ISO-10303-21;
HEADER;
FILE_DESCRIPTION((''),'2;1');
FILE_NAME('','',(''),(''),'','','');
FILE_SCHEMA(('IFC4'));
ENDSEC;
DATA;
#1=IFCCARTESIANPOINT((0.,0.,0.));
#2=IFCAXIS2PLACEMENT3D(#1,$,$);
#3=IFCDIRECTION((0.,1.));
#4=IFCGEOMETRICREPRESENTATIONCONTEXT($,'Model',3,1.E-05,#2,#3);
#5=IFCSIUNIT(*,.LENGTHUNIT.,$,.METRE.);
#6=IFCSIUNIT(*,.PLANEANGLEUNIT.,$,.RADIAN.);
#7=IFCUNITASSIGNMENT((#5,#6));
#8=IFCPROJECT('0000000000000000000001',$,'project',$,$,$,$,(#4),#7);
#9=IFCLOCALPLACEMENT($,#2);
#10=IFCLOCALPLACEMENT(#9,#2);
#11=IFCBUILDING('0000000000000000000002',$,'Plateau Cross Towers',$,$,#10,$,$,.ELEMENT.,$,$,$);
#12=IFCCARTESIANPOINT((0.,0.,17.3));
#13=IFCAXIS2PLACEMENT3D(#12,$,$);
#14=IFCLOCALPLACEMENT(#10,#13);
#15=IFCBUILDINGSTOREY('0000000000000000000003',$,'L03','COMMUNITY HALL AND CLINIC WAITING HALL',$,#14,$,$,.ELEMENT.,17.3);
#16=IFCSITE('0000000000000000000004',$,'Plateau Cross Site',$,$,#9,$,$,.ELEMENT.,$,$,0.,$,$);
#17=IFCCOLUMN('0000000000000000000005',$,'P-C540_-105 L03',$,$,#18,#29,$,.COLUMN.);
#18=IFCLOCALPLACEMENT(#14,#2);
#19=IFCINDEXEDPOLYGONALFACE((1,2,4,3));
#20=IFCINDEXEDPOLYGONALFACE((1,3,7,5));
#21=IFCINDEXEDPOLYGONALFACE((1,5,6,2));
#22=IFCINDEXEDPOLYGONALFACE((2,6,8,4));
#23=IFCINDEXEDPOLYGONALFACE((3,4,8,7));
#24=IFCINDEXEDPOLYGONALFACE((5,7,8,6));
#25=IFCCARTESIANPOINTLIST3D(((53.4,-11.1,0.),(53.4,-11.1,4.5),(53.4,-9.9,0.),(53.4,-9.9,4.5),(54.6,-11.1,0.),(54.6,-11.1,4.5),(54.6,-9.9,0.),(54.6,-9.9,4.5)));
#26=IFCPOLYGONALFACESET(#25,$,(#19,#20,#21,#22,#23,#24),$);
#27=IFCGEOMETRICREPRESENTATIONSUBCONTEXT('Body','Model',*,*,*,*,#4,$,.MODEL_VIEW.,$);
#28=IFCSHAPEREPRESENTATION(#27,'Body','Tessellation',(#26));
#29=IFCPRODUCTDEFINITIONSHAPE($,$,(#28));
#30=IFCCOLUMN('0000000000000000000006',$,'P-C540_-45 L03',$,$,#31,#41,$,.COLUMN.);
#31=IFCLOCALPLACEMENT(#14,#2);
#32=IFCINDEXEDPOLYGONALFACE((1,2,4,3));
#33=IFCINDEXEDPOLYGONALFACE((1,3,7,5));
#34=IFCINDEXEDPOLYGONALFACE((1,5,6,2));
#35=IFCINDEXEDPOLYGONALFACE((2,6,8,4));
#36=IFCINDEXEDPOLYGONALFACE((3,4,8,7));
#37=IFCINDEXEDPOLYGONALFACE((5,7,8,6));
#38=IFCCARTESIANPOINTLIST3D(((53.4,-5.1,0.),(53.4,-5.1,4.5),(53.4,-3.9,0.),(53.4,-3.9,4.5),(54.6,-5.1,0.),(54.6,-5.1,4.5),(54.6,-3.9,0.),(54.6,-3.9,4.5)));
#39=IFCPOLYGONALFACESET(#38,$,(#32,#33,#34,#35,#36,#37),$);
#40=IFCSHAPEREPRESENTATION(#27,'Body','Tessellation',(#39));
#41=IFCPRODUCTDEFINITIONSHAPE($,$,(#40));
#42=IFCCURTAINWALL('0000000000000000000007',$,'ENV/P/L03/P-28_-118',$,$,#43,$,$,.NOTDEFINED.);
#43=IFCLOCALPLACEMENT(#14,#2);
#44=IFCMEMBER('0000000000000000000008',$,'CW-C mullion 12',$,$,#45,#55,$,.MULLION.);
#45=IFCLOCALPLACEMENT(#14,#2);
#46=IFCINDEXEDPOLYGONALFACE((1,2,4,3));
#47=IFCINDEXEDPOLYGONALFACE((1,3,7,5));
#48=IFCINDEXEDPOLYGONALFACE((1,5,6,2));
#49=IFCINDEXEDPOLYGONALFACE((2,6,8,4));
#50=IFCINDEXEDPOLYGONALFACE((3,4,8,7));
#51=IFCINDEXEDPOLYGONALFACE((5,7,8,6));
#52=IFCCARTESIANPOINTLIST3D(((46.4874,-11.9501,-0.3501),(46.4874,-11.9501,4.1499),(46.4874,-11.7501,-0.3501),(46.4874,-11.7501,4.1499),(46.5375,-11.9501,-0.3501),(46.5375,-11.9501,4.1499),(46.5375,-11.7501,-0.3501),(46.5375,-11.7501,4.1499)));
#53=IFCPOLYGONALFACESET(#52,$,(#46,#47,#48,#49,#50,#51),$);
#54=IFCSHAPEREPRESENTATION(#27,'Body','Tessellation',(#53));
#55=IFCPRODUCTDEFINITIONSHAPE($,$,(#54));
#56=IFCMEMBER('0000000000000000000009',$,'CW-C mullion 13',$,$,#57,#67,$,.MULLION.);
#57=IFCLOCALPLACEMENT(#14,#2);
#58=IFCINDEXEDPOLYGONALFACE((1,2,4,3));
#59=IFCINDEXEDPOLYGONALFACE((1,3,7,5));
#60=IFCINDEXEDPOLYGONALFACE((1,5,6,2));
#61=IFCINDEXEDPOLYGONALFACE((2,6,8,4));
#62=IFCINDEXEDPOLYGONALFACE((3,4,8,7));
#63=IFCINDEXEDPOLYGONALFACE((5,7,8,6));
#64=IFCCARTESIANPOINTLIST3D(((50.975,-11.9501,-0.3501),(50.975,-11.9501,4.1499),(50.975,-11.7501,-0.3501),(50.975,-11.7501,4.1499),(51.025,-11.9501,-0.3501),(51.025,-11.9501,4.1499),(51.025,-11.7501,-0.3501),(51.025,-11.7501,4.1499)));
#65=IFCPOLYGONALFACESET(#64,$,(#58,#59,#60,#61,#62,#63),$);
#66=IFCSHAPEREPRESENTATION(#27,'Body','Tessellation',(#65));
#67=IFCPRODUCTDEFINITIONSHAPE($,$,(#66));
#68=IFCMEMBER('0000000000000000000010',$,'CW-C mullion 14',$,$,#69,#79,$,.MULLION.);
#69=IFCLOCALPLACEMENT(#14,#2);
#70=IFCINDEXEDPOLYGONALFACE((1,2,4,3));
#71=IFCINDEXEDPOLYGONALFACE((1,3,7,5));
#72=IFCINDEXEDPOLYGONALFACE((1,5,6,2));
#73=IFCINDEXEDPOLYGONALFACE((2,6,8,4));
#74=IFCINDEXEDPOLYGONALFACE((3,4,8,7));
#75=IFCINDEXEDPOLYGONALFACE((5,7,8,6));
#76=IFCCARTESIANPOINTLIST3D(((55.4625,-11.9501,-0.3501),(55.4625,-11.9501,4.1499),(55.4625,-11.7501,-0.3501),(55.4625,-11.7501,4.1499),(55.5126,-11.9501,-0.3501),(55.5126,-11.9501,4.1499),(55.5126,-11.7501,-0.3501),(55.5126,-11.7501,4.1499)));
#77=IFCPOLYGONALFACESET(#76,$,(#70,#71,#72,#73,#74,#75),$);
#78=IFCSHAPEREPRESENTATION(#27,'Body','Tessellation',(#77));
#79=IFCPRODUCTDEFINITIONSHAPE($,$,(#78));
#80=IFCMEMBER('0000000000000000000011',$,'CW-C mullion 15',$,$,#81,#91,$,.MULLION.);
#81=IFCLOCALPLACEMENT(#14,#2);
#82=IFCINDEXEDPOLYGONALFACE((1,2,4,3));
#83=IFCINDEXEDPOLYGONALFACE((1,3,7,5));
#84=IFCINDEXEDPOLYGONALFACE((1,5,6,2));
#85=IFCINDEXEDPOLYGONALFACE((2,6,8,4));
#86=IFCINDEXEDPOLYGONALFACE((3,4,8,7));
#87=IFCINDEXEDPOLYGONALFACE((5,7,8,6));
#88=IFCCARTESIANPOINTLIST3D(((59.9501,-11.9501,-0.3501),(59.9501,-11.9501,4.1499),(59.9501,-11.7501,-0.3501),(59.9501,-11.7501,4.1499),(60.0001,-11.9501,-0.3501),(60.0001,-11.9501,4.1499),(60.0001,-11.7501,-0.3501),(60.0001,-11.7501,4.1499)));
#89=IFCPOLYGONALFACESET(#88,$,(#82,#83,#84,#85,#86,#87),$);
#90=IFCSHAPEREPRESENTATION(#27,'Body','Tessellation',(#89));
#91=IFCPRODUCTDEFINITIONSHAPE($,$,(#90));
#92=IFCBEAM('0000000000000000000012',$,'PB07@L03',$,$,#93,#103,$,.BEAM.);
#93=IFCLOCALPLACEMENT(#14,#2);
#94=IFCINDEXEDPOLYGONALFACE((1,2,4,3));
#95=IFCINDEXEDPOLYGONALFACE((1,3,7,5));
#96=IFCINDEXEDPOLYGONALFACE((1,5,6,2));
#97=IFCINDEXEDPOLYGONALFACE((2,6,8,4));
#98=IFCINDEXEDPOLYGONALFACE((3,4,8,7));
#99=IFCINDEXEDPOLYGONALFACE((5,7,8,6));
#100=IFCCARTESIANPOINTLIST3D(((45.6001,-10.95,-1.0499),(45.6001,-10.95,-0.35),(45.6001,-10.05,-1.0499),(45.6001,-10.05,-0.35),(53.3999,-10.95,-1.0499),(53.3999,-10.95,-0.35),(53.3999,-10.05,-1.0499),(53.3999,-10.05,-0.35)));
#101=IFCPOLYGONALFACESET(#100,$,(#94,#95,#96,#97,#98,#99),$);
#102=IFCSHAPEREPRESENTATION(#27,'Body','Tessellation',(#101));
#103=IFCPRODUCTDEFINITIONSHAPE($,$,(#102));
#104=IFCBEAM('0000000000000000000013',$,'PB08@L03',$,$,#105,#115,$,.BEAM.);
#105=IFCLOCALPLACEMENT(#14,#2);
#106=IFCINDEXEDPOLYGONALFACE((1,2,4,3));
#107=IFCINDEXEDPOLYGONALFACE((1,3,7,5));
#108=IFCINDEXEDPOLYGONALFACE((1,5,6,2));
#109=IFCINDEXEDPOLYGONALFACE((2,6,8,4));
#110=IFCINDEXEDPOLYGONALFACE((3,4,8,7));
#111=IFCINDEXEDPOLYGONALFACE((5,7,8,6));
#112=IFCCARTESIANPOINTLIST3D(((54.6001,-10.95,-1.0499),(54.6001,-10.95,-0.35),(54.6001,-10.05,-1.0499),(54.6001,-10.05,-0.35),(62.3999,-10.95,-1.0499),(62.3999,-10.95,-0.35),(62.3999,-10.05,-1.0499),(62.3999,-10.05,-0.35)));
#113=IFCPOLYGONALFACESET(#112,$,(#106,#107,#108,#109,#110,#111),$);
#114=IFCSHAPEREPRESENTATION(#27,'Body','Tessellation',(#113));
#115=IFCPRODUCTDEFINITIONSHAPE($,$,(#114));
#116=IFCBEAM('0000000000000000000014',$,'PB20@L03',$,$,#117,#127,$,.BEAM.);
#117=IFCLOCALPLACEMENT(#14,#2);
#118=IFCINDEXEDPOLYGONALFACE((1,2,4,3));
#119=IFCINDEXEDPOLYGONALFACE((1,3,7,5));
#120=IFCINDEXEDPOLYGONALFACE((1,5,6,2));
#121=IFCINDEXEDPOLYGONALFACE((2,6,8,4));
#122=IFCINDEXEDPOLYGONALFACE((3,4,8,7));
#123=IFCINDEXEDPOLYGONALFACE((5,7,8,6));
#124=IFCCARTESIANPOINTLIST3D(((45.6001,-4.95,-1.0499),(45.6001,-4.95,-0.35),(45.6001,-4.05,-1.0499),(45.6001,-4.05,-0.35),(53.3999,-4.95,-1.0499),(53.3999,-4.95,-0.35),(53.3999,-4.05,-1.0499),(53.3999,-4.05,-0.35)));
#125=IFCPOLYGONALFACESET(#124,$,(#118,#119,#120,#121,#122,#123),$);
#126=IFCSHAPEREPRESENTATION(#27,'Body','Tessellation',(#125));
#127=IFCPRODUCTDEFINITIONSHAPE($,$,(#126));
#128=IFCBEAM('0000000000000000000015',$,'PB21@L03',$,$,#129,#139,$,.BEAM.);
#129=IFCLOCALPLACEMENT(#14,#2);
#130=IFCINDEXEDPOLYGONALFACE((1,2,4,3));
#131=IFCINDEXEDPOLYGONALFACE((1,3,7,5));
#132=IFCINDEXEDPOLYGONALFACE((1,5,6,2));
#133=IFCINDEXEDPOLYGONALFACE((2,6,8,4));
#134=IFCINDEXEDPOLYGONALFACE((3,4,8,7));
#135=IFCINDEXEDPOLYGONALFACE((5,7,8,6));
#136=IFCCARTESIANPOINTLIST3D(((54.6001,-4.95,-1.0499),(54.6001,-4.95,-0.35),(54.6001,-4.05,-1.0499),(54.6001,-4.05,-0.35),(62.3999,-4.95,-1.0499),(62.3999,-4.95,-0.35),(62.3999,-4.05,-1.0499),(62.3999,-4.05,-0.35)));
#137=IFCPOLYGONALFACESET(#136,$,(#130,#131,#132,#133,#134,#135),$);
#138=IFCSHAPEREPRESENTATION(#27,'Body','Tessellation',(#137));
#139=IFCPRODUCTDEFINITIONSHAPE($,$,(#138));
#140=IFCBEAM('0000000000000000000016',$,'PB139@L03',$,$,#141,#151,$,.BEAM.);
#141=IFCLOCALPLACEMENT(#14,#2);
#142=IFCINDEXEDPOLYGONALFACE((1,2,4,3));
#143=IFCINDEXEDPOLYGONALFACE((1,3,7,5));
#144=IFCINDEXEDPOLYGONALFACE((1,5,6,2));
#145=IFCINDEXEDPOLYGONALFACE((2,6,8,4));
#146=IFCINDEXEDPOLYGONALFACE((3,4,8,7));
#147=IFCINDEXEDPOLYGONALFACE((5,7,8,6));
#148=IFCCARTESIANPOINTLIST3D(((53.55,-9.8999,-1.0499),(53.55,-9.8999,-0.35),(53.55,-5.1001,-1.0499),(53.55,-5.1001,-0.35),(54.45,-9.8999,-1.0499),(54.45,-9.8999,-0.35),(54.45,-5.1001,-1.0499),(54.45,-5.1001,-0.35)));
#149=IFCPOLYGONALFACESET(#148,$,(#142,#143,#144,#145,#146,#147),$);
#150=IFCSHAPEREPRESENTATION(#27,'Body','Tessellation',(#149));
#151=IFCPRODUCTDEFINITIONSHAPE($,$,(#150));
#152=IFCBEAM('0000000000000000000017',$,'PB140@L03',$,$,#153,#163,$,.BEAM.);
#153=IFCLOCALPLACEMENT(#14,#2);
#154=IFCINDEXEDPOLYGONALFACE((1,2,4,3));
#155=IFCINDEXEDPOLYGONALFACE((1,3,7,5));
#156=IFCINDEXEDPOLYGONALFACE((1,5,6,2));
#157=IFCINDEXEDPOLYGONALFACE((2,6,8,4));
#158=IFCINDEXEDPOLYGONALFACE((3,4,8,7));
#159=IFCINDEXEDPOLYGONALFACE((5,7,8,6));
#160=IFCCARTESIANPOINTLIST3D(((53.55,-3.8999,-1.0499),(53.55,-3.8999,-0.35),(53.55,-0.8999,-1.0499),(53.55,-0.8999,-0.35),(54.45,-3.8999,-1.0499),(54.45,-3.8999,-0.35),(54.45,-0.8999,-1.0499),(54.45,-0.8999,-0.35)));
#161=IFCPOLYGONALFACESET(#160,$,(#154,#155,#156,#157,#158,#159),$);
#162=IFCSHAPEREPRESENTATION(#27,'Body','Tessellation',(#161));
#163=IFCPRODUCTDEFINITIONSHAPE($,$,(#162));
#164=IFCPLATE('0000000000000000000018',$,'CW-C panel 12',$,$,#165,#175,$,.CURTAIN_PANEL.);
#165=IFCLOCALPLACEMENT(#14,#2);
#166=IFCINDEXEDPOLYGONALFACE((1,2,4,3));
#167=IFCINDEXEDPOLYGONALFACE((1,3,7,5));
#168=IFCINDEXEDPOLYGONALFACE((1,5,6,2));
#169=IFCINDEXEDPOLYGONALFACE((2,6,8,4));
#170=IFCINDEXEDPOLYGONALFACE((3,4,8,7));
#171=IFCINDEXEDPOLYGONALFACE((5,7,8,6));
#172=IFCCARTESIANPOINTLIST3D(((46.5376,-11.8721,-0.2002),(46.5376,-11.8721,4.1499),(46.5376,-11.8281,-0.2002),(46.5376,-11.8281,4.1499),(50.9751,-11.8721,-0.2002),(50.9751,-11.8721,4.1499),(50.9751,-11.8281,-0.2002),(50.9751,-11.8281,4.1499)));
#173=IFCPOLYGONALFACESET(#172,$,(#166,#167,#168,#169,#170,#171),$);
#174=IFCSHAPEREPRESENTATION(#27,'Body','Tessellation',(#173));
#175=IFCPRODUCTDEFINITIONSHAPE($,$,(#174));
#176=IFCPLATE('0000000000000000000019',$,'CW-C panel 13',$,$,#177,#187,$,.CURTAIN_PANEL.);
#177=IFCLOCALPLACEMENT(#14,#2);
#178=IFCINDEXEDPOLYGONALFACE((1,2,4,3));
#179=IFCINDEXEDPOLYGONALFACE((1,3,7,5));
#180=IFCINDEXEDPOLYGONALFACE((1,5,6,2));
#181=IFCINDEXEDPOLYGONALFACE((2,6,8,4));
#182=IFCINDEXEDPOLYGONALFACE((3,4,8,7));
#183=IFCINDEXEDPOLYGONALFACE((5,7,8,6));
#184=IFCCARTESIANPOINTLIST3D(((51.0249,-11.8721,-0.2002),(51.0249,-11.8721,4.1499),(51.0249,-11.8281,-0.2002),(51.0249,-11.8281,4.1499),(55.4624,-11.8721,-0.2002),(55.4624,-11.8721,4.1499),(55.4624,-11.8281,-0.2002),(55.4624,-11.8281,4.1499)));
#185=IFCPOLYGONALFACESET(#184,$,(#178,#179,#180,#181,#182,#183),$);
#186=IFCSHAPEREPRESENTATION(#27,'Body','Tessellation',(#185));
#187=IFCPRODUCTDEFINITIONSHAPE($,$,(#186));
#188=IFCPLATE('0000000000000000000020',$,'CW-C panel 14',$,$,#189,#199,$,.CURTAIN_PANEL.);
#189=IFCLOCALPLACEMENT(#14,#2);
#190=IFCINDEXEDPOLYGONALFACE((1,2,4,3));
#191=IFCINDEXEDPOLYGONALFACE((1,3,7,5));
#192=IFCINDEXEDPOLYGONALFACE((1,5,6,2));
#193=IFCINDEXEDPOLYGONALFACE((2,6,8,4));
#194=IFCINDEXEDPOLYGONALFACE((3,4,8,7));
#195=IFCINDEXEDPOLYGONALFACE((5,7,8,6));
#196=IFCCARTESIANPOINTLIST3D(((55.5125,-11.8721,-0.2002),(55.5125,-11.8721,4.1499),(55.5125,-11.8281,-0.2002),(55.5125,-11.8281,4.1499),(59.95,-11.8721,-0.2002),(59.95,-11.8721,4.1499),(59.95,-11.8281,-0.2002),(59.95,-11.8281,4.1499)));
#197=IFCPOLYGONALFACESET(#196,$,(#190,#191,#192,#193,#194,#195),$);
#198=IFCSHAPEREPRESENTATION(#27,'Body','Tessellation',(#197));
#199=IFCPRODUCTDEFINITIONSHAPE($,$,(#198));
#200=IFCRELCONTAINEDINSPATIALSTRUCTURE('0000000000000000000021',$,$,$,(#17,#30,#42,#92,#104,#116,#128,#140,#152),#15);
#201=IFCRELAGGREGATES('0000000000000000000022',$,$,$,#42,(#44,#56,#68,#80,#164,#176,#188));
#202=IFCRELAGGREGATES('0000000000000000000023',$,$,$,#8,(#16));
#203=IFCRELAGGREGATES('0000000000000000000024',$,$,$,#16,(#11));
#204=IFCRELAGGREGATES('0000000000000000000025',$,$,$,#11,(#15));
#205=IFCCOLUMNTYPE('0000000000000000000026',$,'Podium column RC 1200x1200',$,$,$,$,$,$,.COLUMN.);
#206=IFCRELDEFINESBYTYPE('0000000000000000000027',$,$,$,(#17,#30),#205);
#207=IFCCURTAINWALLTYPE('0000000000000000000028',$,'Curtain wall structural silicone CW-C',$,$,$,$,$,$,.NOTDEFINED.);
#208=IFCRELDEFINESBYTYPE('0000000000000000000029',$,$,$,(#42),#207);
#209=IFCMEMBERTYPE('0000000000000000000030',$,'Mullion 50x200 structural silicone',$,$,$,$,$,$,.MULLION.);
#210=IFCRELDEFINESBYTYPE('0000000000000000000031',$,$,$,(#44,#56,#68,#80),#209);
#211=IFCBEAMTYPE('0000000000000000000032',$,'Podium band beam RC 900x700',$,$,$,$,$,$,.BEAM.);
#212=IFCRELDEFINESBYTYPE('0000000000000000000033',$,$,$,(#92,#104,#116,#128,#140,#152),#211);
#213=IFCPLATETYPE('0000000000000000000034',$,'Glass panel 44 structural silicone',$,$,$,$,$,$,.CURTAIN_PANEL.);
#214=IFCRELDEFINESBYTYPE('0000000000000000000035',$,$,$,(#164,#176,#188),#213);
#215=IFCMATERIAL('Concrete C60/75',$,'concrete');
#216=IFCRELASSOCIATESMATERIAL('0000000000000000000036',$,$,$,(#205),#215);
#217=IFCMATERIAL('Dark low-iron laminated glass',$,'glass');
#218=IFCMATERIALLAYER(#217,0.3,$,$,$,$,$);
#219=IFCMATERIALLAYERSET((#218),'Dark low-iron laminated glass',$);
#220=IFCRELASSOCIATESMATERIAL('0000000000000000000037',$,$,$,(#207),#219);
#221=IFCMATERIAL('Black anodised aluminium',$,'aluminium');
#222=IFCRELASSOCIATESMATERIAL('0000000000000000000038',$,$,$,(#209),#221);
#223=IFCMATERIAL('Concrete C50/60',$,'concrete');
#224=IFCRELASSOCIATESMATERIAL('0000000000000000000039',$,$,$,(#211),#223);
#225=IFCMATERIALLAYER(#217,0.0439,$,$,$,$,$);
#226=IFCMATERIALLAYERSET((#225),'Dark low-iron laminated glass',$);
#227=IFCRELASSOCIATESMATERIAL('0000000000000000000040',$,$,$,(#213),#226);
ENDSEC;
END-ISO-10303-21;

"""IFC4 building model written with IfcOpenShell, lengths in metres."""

from ifc_helpers import new_model, si_unit, direction, frame, origin, origin_2d, place, context, subcontext, project, spatial, rectangle, extrude, material, layer, layer_set, material_profile, profile_set, type_object, element, aggregate, save


model = new_model("IFC4")

# Units and contexts
model_context = context("Model", 3, precision=1e-05, world=origin(), true_north=direction((0.0, 1.0)))
body_context = subcontext(model_context, "Body", "Model", "MODEL_VIEW")
ifc_project = project(units=[si_unit("LENGTHUNIT", "METRE"), si_unit("PLANEANGLEUNIT", "RADIAN")], contexts=[model_context])

# Site, building, storey
site_placement = place(None, origin())
site = spatial("IfcSite", under=ifc_project, at=site_placement, Name="Plateau Cross Site", CompositionType="ELEMENT", RefElevation=0.0)
building_placement = place(site_placement, origin())
building = spatial("IfcBuilding", under=site, at=building_placement, Name="Plateau Cross Towers", CompositionType="ELEMENT")
storey_placement = place(building_placement, frame((0.0, 0.0, 17.3)))
storey = spatial("IfcBuildingStorey", under=building, at=storey_placement, Name="L03", Description="COMMUNITY HALL AND CLINIC WAITING HALL", CompositionType="ELEMENT", Elevation=17.3)

# Columns
ifc_material_1 = material(Name="Concrete C60/75", Category="concrete")
ifc_material_profile_1 = material_profile(ifc_material_1, rectangle(XDim=1.2, YDim=1.2, at=origin_2d()), Name="RC 1200x1200")
ifc_profile_set_1 = profile_set([ifc_material_profile_1], Name="Concrete C60/75")
column_type = type_object("IfcColumnType", Name="Podium column RC 1200x1200", PredefinedType="COLUMN", material=ifc_profile_set_1)
for number, where, z_axis, x_axis, name in (
    (1, (54.0, -10.5, 0.0), (0.0, 0.0, 1.0), (1.0, 0.0, 0.0), "P-C540_-105 L03"),
    (2, (54.0, -4.5, 0.0), (0.0, 0.0, 1.0), (1.0, 0.0, 0.0), "P-C540_-45 L03"),
):
    element("IfcColumn", number, at=place(storey_placement, frame(where, z_axis=z_axis, x_axis=x_axis)), inside=storey, type_object=column_type, Name=name, PredefinedType="COLUMN", context=body_context, shape_type="SweptSolid", body=[
        extrude(rectangle(XDim=1.2, YDim=1.2, at=origin_2d()), origin(), (0.0, 0.0, 1.0), 4.5),
    ])

# Curtain wall, members
ifc_material_2 = material(Name="Dark low-iron laminated glass", Category="glass")
ifc_layer_1 = layer(ifc_material_2, 0.3)
ifc_layer_set_1 = layer_set([ifc_layer_1], Name="Dark low-iron laminated glass")
curtain_wall_type = type_object("IfcCurtainWallType", Name="Curtain wall structural silicone CW-C", PredefinedType="NOTDEFINED", material=ifc_layer_set_1)
curtain_wall_placement = place(storey_placement, origin())
curtain_wall = element("IfcCurtainWall", 3, at=curtain_wall_placement, inside=storey, type_object=curtain_wall_type, Name="ENV/P/L03/P-28_-118", PredefinedType="NOTDEFINED")
ifc_material_3 = material(Name="Black anodised aluminium", Category="aluminium")
ifc_material_profile_2 = material_profile(ifc_material_3, rectangle(XDim=0.05, YDim=0.2, at=origin_2d()), Name="MULLION 50x200")
ifc_profile_set_2 = profile_set([ifc_material_profile_2], Name="Black anodised aluminium")
member_type = type_object("IfcMemberType", Name="Mullion 50x200 structural silicone", PredefinedType="MULLION", material=ifc_profile_set_2)
member_1_placement = place(storey_placement, frame((46.5125, -11.8501, -0.3501), z_axis=(0.0, 0.0, 1.0), x_axis=(1.0, 0.0, 0.0)))
member_1 = element("IfcMember", 4, at=member_1_placement, type_object=member_type, Name="CW-C mullion 12", PredefinedType="MULLION", context=body_context, shape_type="SweptSolid", body=[
    extrude(rectangle(XDim=0.05, YDim=0.2, at=origin_2d()), origin(), (0.0, 0.0, 1.0), 4.5),
])
member_2_placement = place(storey_placement, frame((51.0, -11.8501, -0.3501), z_axis=(0.0, 0.0, 1.0), x_axis=(1.0, 0.0, 0.0)))
member_2 = element("IfcMember", 5, at=member_2_placement, type_object=member_type, Name="CW-C mullion 13", PredefinedType="MULLION", context=body_context, shape_type="SweptSolid", body=[
    extrude(rectangle(XDim=0.05, YDim=0.2, at=origin_2d()), origin(), (0.0, 0.0, 1.0), 4.5),
])
member_3_placement = place(storey_placement, frame((55.4875, -11.8501, -0.3501), z_axis=(0.0, 0.0, 1.0), x_axis=(1.0, 0.0, 0.0)))
member_3 = element("IfcMember", 6, at=member_3_placement, type_object=member_type, Name="CW-C mullion 14", PredefinedType="MULLION", context=body_context, shape_type="SweptSolid", body=[
    extrude(rectangle(XDim=0.05, YDim=0.2, at=origin_2d()), origin(), (0.0, 0.0, 1.0), 4.5),
])
member_4_placement = place(storey_placement, frame((59.9751, -11.8501, -0.3501), z_axis=(0.0, 0.0, 1.0), x_axis=(1.0, 0.0, 0.0)))
member_4 = element("IfcMember", 7, at=member_4_placement, type_object=member_type, Name="CW-C mullion 15", PredefinedType="MULLION", context=body_context, shape_type="SweptSolid", body=[
    extrude(rectangle(XDim=0.05, YDim=0.2, at=origin_2d()), origin(), (0.0, 0.0, 1.0), 4.5),
])

# Beams
ifc_material_4 = material(Name="Concrete C50/60", Category="concrete")
ifc_material_profile_3 = material_profile(ifc_material_4, rectangle(XDim=0.8999, YDim=0.7, at=origin_2d()), Name="RC 900x700")
ifc_profile_set_3 = profile_set([ifc_material_profile_3], Name="Concrete C50/60")
beam_type = type_object("IfcBeamType", Name="Podium band beam RC 900x700", PredefinedType="BEAM", material=ifc_profile_set_3)
for number, where, z_axis, x_axis, name in (
    (8, (45.6001, -10.5, -0.7), (1.0, 0.0, 0.0), (0.0, 1.0, 0.0), "PB07@L03"),
    (9, (54.6001, -10.5, -0.7), (1.0, 0.0, 0.0), (0.0, 1.0, 0.0), "PB08@L03"),
    (10, (45.6001, -4.5, -0.7), (1.0, 0.0, 0.0), (0.0, 1.0, 0.0), "PB20@L03"),
    (11, (54.6001, -4.5, -0.7), (1.0, 0.0, 0.0), (0.0, 1.0, 0.0), "PB21@L03"),
):
    element("IfcBeam", number, at=place(storey_placement, frame(where, z_axis=z_axis, x_axis=x_axis)), inside=storey, type_object=beam_type, Name=name, PredefinedType="BEAM", context=body_context, shape_type="SweptSolid", body=[
        extrude(rectangle(XDim=0.8999, YDim=0.7, at=origin_2d()), origin(), (0.0, 0.0, 1.0), 7.7998),
    ])
beam_1_placement = place(storey_placement, frame((54.0, -9.8999, -0.7), z_axis=(0.0, 1.0, 0.0), x_axis=(-1.0, 0.0, 0.0)))
element("IfcBeam", 12, at=beam_1_placement, inside=storey, type_object=beam_type, Name="PB139@L03", PredefinedType="BEAM", context=body_context, shape_type="SweptSolid", body=[
    extrude(rectangle(XDim=0.8999, YDim=0.7, at=origin_2d()), origin(), (0.0, 0.0, 1.0), 4.7998),
])
beam_2_placement = place(storey_placement, frame((54.0, -3.8999, -0.7), z_axis=(0.0, 1.0, 0.0), x_axis=(-1.0, 0.0, 0.0)))
element("IfcBeam", 13, at=beam_2_placement, inside=storey, type_object=beam_type, Name="PB140@L03", PredefinedType="BEAM", context=body_context, shape_type="SweptSolid", body=[
    extrude(rectangle(XDim=0.8999, YDim=0.7, at=origin_2d()), origin(), (0.0, 0.0, 1.0), 3.0),
])

# Plates
ifc_layer_2 = layer(ifc_material_2, 0.0439)
ifc_layer_set_2 = layer_set([ifc_layer_2], Name="Dark low-iron laminated glass")
plate_type = type_object("IfcPlateType", Name="Glass panel 44 structural silicone", PredefinedType="CURTAIN_PANEL", material=ifc_layer_set_2)
plate_1_placement = place(storey_placement, frame((48.7563, -11.8501, -0.2002), z_axis=(0.0, 0.0, 1.0), x_axis=(1.0, 0.0, 0.0)))
plate_1 = element("IfcPlate", 14, at=plate_1_placement, type_object=plate_type, Name="CW-C panel 12", PredefinedType="CURTAIN_PANEL", context=body_context, shape_type="SweptSolid", body=[
    extrude(rectangle(XDim=4.4375, YDim=0.0439, at=origin_2d()), origin(), (0.0, 0.0, 1.0), 4.3501),
])
plate_2_placement = place(storey_placement, frame((53.2437, -11.8501, -0.2002), z_axis=(0.0, 0.0, 1.0), x_axis=(1.0, 0.0, 0.0)))
plate_2 = element("IfcPlate", 15, at=plate_2_placement, type_object=plate_type, Name="CW-C panel 13", PredefinedType="CURTAIN_PANEL", context=body_context, shape_type="SweptSolid", body=[
    extrude(rectangle(XDim=4.4375, YDim=0.0439, at=origin_2d()), origin(), (0.0, 0.0, 1.0), 4.3501),
])
plate_3_placement = place(storey_placement, frame((57.7312, -11.8501, -0.2002), z_axis=(0.0, 0.0, 1.0), x_axis=(1.0, 0.0, 0.0)))
plate_3 = element("IfcPlate", 16, at=plate_3_placement, type_object=plate_type, Name="CW-C panel 14", PredefinedType="CURTAIN_PANEL", context=body_context, shape_type="SweptSolid", body=[
    extrude(rectangle(XDim=4.4375, YDim=0.0439, at=origin_2d()), origin(), (0.0, 0.0, 1.0), 4.3501),
])
aggregate(curtain_wall, [member_1, member_2, member_3, member_4, plate_1, plate_2, plate_3])

save(model, "model.ifc")
